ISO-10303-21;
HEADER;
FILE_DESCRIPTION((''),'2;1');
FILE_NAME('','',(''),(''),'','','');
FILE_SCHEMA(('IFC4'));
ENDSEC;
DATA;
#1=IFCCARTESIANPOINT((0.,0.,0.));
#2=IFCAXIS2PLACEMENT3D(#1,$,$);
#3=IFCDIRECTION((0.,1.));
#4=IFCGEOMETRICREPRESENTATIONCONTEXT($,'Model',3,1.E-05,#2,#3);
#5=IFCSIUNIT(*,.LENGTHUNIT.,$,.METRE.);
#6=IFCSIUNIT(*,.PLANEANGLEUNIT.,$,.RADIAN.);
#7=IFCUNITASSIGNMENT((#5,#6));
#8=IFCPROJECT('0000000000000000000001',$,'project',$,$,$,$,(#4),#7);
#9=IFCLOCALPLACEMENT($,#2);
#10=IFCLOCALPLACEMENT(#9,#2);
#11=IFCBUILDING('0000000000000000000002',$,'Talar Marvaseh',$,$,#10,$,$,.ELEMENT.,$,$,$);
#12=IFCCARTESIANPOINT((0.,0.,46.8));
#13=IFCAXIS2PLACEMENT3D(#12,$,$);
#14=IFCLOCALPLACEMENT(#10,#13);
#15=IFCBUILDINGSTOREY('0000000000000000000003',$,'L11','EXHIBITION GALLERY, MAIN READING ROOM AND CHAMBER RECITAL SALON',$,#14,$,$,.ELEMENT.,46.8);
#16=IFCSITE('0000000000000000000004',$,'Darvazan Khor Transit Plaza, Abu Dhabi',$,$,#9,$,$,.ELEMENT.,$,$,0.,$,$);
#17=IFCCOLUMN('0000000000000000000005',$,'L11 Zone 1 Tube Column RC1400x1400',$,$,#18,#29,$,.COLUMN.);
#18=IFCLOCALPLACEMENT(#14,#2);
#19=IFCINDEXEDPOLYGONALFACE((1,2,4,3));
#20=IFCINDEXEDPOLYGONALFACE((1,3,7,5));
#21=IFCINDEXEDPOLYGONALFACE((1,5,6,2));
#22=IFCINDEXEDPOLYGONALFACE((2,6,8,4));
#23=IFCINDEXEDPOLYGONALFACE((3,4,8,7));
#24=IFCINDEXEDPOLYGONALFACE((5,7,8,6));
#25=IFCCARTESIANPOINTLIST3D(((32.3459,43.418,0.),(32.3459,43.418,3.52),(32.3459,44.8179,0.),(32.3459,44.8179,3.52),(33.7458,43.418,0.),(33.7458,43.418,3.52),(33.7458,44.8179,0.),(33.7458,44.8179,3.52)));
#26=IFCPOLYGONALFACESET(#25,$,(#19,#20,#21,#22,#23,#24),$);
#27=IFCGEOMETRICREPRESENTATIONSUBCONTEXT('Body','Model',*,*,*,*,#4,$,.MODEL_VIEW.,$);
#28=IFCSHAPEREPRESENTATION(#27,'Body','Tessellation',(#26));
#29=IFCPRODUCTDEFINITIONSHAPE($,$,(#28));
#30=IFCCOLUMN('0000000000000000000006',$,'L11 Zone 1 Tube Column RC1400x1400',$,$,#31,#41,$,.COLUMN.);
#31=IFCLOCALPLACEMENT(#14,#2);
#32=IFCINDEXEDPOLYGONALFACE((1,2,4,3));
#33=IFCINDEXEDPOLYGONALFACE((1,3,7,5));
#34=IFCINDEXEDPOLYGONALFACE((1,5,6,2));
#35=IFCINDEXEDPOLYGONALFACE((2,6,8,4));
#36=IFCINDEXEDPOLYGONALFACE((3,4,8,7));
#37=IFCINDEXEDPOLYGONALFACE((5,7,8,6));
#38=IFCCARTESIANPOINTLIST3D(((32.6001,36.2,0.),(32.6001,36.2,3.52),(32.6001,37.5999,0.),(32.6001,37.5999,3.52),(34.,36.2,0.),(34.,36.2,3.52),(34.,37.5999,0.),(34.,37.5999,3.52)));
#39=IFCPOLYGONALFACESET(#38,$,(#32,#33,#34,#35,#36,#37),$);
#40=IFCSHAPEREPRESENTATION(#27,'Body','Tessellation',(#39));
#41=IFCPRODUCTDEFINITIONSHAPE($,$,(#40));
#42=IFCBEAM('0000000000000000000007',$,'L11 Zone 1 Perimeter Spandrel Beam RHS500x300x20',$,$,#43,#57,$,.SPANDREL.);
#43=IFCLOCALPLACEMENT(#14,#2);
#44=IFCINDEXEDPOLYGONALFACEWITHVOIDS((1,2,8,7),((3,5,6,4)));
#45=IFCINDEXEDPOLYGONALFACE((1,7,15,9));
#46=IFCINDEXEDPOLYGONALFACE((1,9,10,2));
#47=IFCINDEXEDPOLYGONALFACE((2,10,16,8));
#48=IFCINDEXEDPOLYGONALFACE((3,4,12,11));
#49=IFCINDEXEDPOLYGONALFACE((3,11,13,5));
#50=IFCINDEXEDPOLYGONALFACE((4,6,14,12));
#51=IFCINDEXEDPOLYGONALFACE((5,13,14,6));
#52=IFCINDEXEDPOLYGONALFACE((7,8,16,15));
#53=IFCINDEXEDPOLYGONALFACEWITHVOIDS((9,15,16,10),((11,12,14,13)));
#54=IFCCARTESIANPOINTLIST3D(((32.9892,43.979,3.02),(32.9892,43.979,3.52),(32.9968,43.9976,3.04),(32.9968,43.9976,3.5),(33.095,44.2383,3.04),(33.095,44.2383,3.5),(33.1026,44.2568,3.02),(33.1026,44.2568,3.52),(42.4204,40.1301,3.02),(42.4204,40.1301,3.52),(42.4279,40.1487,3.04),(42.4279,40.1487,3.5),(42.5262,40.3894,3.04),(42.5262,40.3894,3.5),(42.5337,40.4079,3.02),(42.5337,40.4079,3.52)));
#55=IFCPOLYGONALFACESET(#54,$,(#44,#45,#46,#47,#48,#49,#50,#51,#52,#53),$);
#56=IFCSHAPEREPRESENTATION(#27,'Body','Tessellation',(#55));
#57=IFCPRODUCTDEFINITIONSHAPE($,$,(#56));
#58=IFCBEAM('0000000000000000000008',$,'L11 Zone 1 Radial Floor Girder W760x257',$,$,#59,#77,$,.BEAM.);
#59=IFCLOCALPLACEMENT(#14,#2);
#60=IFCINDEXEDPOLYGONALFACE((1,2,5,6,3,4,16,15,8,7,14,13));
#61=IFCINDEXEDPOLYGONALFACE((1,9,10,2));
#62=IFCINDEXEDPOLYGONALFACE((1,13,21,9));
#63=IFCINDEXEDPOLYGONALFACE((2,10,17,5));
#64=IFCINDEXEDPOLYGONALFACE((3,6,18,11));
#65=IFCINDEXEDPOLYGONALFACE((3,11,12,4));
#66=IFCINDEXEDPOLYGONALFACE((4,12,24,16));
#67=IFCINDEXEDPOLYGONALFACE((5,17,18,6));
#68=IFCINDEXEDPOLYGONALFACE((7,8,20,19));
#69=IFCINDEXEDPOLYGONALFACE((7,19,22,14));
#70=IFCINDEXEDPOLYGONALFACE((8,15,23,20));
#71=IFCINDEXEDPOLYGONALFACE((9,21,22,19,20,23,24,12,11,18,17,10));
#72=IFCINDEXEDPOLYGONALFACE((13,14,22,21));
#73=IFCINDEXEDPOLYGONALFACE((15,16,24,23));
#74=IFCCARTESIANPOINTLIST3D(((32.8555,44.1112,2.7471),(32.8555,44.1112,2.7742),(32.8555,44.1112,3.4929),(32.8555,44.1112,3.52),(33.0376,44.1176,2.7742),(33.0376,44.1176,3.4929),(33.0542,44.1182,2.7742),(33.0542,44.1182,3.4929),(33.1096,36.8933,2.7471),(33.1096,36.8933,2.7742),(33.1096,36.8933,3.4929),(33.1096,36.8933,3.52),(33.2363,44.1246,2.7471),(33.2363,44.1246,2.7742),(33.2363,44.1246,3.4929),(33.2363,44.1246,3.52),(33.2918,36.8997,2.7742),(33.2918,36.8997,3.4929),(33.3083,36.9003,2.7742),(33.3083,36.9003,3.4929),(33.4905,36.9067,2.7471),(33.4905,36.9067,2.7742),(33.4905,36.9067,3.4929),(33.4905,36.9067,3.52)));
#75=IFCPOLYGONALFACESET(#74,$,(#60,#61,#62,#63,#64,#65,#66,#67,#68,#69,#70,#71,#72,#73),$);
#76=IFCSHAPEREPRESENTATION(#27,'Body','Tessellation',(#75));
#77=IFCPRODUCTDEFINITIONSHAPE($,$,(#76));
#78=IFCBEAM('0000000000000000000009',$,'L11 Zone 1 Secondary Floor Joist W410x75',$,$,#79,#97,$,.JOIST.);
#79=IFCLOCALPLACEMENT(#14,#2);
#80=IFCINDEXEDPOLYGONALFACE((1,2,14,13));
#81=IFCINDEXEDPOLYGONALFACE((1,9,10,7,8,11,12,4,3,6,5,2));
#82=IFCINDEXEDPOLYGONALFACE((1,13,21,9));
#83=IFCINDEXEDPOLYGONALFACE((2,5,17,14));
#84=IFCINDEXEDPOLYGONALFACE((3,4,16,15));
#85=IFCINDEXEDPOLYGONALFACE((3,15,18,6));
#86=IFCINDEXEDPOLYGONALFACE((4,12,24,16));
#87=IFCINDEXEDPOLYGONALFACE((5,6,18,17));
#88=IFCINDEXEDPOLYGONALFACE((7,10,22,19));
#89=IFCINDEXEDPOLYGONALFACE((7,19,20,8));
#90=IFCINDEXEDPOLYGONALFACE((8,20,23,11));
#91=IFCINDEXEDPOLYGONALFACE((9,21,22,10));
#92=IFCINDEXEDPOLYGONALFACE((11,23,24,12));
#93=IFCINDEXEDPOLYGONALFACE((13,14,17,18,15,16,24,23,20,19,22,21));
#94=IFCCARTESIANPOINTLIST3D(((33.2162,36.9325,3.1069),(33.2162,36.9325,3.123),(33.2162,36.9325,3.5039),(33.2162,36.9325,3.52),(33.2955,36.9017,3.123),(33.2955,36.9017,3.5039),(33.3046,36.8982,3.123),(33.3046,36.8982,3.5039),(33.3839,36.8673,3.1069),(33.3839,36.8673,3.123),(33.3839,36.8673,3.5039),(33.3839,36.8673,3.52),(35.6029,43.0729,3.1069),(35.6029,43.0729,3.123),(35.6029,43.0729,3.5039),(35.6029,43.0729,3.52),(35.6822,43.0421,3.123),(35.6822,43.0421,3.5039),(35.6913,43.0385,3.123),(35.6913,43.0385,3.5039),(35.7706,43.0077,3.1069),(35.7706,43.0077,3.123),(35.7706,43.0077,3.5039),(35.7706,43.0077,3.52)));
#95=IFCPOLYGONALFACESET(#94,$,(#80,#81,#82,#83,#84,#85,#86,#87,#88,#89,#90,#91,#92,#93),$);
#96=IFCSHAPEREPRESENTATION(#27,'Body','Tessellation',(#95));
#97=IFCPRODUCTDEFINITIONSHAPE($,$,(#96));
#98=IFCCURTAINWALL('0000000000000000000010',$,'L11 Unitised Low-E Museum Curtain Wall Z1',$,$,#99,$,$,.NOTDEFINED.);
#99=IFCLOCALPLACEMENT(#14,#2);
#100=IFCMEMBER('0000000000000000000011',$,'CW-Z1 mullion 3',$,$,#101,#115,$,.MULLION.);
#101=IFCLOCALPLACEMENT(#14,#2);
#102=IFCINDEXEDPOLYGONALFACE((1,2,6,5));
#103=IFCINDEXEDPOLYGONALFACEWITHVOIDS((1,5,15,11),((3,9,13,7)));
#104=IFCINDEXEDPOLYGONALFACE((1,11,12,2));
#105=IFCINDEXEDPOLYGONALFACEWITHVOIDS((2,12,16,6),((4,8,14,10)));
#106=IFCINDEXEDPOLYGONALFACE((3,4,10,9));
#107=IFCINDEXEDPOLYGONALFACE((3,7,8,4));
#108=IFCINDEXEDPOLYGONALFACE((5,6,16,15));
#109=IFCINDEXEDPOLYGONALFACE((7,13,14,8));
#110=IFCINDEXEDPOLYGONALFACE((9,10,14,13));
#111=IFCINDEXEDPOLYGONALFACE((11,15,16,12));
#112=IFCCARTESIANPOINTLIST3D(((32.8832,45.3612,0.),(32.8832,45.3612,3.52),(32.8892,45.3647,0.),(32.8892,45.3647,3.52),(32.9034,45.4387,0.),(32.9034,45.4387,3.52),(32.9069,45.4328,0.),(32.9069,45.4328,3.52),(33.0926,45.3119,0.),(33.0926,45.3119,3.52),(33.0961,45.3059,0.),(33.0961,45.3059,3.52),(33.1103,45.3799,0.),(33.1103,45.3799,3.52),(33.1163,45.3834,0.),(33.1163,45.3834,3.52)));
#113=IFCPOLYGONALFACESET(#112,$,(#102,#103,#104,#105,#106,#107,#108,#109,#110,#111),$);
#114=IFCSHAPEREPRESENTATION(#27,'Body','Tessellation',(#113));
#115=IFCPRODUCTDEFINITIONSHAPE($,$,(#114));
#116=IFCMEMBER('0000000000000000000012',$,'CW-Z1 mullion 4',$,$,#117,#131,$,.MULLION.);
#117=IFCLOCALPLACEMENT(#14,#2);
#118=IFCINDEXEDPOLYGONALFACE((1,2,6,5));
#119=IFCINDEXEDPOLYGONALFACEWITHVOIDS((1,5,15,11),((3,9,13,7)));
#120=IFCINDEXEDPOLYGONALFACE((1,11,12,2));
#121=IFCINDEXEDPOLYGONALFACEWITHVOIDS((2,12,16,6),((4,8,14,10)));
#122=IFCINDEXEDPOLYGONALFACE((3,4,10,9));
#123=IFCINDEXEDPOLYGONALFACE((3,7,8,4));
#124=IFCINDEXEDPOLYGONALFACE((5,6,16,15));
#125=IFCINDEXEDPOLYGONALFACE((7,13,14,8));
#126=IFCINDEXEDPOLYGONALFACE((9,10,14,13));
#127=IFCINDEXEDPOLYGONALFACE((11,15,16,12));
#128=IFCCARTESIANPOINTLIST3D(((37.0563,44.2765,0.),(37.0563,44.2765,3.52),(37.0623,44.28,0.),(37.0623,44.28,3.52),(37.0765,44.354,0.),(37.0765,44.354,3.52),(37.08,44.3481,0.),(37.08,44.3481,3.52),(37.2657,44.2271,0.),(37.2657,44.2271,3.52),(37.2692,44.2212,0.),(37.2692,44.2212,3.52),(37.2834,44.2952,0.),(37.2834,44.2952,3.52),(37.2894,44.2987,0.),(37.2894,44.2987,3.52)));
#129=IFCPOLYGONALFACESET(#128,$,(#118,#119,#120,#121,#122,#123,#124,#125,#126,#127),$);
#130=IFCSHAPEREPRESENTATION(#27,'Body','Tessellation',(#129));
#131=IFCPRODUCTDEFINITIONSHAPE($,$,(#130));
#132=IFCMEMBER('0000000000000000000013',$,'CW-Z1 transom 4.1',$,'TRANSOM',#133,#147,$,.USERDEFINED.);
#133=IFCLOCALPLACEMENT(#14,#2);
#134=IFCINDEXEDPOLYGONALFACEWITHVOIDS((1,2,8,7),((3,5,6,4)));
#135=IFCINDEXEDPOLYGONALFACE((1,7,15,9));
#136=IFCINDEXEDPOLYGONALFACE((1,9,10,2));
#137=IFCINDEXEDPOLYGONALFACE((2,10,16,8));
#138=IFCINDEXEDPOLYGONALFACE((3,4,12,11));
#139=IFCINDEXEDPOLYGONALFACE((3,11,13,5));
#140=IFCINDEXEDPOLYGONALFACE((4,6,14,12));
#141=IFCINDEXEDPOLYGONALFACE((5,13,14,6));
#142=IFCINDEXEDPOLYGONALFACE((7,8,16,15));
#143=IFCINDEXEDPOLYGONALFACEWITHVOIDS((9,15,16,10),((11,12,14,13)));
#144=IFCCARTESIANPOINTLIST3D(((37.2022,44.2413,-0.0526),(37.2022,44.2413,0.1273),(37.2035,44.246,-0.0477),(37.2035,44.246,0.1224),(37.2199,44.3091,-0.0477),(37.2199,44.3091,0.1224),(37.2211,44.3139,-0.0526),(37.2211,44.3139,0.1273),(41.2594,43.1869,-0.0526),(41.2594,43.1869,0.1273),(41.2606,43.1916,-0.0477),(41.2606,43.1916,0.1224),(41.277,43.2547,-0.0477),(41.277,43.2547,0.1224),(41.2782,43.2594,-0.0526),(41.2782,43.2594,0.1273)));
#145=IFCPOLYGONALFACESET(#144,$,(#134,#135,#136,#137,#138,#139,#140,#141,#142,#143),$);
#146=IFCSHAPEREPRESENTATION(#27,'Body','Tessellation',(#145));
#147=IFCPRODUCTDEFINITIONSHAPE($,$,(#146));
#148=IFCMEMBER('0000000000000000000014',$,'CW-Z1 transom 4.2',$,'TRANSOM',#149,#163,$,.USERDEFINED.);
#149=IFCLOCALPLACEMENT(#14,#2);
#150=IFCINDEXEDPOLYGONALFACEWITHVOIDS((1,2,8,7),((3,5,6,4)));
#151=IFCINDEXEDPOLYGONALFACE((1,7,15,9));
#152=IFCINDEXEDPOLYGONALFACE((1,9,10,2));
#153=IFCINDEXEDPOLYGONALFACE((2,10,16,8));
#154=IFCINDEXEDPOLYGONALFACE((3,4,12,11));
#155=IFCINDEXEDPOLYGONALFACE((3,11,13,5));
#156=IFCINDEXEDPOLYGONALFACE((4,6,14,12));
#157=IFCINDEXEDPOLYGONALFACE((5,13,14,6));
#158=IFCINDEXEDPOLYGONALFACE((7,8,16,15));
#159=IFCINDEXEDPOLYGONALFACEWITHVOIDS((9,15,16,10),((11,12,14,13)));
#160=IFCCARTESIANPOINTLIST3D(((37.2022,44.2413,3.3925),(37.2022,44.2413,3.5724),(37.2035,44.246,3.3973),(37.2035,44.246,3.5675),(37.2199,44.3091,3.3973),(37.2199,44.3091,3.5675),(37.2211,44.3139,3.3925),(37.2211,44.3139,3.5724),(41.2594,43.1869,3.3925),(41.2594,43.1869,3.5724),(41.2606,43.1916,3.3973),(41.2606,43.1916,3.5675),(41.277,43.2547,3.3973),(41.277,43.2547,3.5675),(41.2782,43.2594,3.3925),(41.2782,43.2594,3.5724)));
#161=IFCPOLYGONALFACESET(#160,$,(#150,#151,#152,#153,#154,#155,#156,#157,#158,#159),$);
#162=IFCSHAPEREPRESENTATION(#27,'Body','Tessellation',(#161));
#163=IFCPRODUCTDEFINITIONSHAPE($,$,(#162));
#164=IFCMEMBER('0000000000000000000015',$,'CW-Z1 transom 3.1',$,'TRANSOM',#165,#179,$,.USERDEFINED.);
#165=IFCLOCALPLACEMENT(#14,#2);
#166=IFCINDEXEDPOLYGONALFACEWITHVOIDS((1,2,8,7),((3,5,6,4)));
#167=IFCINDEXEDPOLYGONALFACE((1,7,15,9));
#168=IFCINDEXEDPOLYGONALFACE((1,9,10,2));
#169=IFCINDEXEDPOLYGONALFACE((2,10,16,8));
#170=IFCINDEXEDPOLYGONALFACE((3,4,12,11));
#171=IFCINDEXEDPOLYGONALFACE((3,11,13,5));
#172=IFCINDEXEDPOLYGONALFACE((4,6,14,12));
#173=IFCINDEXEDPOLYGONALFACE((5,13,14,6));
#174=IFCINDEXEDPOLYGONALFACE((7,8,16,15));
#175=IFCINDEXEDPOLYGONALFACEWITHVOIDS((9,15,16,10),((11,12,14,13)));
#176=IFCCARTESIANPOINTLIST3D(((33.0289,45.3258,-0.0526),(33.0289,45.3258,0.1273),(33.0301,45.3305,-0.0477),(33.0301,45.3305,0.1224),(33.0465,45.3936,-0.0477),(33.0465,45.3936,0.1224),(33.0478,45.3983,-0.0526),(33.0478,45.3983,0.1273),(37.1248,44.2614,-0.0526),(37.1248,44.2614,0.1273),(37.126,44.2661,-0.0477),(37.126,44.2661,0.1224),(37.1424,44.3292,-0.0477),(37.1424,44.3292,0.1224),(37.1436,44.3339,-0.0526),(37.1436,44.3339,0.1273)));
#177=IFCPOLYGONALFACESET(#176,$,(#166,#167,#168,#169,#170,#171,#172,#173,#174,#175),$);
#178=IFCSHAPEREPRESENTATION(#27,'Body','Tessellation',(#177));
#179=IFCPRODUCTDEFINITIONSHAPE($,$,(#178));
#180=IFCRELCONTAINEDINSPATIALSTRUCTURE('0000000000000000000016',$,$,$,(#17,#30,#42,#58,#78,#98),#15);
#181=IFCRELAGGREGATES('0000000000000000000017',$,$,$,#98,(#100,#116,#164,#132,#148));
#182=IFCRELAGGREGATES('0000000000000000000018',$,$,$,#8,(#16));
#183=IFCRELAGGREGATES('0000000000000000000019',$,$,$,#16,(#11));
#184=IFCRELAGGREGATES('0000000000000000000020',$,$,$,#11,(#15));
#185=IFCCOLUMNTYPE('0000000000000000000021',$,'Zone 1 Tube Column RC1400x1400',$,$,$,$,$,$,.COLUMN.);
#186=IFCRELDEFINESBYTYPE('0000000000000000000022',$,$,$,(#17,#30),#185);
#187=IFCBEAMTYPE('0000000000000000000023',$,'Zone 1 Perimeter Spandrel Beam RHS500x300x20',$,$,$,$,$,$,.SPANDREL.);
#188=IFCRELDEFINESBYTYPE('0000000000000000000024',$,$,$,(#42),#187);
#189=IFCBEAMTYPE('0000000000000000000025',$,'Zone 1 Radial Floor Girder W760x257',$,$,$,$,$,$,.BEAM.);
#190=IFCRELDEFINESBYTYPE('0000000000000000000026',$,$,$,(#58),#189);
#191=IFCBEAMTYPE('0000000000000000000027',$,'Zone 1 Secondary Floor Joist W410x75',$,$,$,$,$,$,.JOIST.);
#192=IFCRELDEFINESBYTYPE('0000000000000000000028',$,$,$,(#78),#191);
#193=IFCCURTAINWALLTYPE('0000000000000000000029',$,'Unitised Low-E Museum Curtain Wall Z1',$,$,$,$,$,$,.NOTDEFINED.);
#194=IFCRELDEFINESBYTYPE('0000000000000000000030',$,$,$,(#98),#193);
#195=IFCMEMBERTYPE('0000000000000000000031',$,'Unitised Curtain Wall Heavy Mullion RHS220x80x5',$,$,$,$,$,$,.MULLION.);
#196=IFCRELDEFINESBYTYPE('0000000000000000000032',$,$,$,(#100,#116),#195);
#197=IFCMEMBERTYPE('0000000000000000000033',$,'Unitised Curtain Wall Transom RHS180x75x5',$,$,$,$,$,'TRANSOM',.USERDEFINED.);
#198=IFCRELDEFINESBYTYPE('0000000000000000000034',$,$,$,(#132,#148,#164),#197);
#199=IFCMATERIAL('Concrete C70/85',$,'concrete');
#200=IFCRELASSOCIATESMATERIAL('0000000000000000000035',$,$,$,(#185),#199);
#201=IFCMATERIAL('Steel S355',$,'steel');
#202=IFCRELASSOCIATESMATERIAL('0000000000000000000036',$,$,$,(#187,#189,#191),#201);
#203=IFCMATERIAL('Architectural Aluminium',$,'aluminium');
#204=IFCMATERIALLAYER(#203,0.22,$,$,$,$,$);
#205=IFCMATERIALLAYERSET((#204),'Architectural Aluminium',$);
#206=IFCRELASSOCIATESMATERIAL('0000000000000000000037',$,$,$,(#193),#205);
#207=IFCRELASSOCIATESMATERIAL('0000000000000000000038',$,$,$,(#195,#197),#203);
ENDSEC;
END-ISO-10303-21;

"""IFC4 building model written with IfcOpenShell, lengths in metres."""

from ifc_helpers import new_model, si_unit, direction, frame, origin, origin_2d, place, context, subcontext, project, spatial, rectangle, hollow_rectangle, i_section, extrude, source, transform, mapped, material, layer, layer_set, material_profile, profile_set, type_object, type_shapes, element, aggregate, save


model = new_model("IFC4")

# Units and contexts
model_context = context("Model", 3, precision=1e-05, world=origin(), true_north=direction((0.0, 1.0)))
body_context = subcontext(model_context, "Body", "Model", "MODEL_VIEW")
ifc_project = project(units=[si_unit("LENGTHUNIT", "METRE"), si_unit("PLANEANGLEUNIT", "RADIAN")], contexts=[model_context])

# Site, building, storey
site_placement = place(None, origin())
site = spatial("IfcSite", under=ifc_project, at=site_placement, Name="Darvazan Khor Transit Plaza, Abu Dhabi", CompositionType="ELEMENT", RefElevation=0.0)
building_placement = place(site_placement, origin())
building = spatial("IfcBuilding", under=site, at=building_placement, Name="Talar Marvaseh", CompositionType="ELEMENT")
storey_placement = place(building_placement, frame((0.0, 0.0, 46.8)))
storey = spatial("IfcBuildingStorey", under=building, at=storey_placement, Name="L11", Description="EXHIBITION GALLERY, MAIN READING ROOM AND CHAMBER RECITAL SALON", CompositionType="ELEMENT", Elevation=46.8)

# Columns
ifc_material_1 = material(Name="Concrete C70/85", Category="concrete")
ifc_material_profile_1 = material_profile(ifc_material_1, rectangle(XDim=1.3999, YDim=1.3999, at=origin_2d()), Name="RC1400x1400")
ifc_profile_set_1 = profile_set([ifc_material_profile_1], Name="Concrete C70/85")
column_type = type_object("IfcColumnType", Name="Zone 1 Tube Column RC1400x1400", PredefinedType="COLUMN", material=ifc_profile_set_1)
for number, where, z_axis, x_axis, name in (
    (1, (33.0459, 44.1179, 0.0), (0.0, 0.0, 1.0), (1.0, 0.0, 0.0), "L11 Zone 1 Tube Column RC1400x1400"),
    (2, (33.3, 36.8999, 0.0), (0.0, 0.0, 1.0), (1.0, 0.0, 0.0), "L11 Zone 1 Tube Column RC1400x1400"),
):
    element("IfcColumn", number, at=place(storey_placement, frame(where, z_axis=z_axis, x_axis=x_axis)), inside=storey, type_object=column_type, Name=name, PredefinedType="COLUMN", context=body_context, shape_type="SweptSolid", body=[
        extrude(rectangle(XDim=1.3999, YDim=1.3999, at=origin_2d()), origin(), (0.0, 0.0, 1.0), 3.52),
    ])

# Beams
ifc_material_2 = material(Name="Steel S355", Category="steel")
ifc_material_profile_2 = material_profile(ifc_material_2, hollow_rectangle(XDim=0.3, YDim=0.5, WallThickness=0.02, at=origin_2d()), Name="RHS500x300x20")
ifc_profile_set_2 = profile_set([ifc_material_profile_2], Name="Steel S355")
beam_type_1 = type_object("IfcBeamType", Name="Zone 1 Perimeter Spandrel Beam RHS500x300x20", PredefinedType="SPANDREL", material=ifc_profile_set_2)
beam_1_placement = place(storey_placement, frame((33.0459, 44.1179, 3.27), z_axis=(0.925867, -0.377849, 0.0), x_axis=(0.377849, 0.925867, 0.0)))
element("IfcBeam", 3, at=beam_1_placement, inside=storey, type_object=beam_type_1, Name="L11 Zone 1 Perimeter Spandrel Beam RHS500x300x20", PredefinedType="SPANDREL", context=body_context, shape_type="SweptSolid", body=[
    extrude(hollow_rectangle(XDim=0.3, YDim=0.5, WallThickness=0.02, at=origin_2d()), origin(), (0.0, 0.0, 1.0), 10.1863),
])
ifc_material_profile_3 = material_profile(ifc_material_2, i_section(OverallWidth=0.3811, OverallDepth=0.7729, WebThickness=0.0166, FlangeThickness=0.0271, at=origin_2d()), Name="W760x257")
ifc_profile_set_3 = profile_set([ifc_material_profile_3], Name="Steel S355")
beam_type_2 = type_object("IfcBeamType", Name="Zone 1 Radial Floor Girder W760x257", PredefinedType="BEAM", material=ifc_profile_set_3)
beam_2_placement = place(storey_placement, frame((33.0459, 44.1179, 3.1335), z_axis=(0.035189, -0.999381, 0.0), x_axis=(0.999381, 0.035189, 0.0)))
element("IfcBeam", 4, at=beam_2_placement, inside=storey, type_object=beam_type_2, Name="L11 Zone 1 Radial Floor Girder W760x257", PredefinedType="BEAM", context=body_context, shape_type="SweptSolid", body=[
    extrude(i_section(OverallWidth=0.3811, OverallDepth=0.7729, WebThickness=0.0166, FlangeThickness=0.0271, at=origin_2d()), origin(), (0.0, 0.0, 1.0), 7.2224),
])
ifc_material_profile_4 = material_profile(ifc_material_2, i_section(OverallWidth=0.1799, OverallDepth=0.4131, WebThickness=0.0098, FlangeThickness=0.0161, at=origin_2d()), Name="W410x75")
ifc_profile_set_4 = profile_set([ifc_material_profile_4], Name="Steel S355")
beam_type_3 = type_object("IfcBeamType", Name="Zone 1 Secondary Floor Joist W410x75", PredefinedType="JOIST", material=ifc_profile_set_4)
beam_3_placement = place(storey_placement, frame((35.6868, 43.0403, 3.3135), z_axis=(-0.362287, -0.932067, 0.0), x_axis=(0.932067, -0.362287, 0.0)))
element("IfcBeam", 5, at=beam_3_placement, inside=storey, type_object=beam_type_3, Name="L11 Zone 1 Secondary Floor Joist W410x75", PredefinedType="JOIST", context=body_context, shape_type="SweptSolid", body=[
    extrude(i_section(OverallWidth=0.1799, OverallDepth=0.4131, WebThickness=0.0098, FlangeThickness=0.0161, at=origin_2d()), origin(), (0.0, 0.0, 1.0), 6.5879),
])

# Curtain wall, members
ifc_material_3 = material(Name="Architectural Aluminium", Category="aluminium")
ifc_layer_1 = layer(ifc_material_3, 0.22)
ifc_layer_set_1 = layer_set([ifc_layer_1], Name="Architectural Aluminium")
curtain_wall_type = type_object("IfcCurtainWallType", Name="Unitised Low-E Museum Curtain Wall Z1", PredefinedType="NOTDEFINED", material=ifc_layer_set_1)
curtain_wall_placement = place(storey_placement, origin())
curtain_wall = element("IfcCurtainWall", 6, at=curtain_wall_placement, inside=storey, type_object=curtain_wall_type, Name="L11 Unitised Low-E Museum Curtain Wall Z1", PredefinedType="NOTDEFINED")
ifc_material_profile_5 = material_profile(ifc_material_3, hollow_rectangle(XDim=0.0801, YDim=0.22, WallThickness=0.0049, at=origin_2d()), Name="RHS220x80x5")
ifc_profile_set_5 = profile_set([ifc_material_profile_5], Name="Architectural Aluminium")
member_type_1 = type_object("IfcMemberType", Name="Unitised Curtain Wall Heavy Mullion RHS220x80x5", PredefinedType="MULLION", material=ifc_profile_set_5)
shared_shape_1 = source(origin(), body_context, "Body", "SweptSolid", [
    extrude(hollow_rectangle(XDim=0.0801, YDim=0.22, WallThickness=0.0049, at=origin_2d()), origin(), (0.0, 0.0, 1.0), 3.52),
])
type_shapes(member_type_1, [shared_shape_1])
member_1_placement = place(storey_placement, frame((32.9998, 45.3723, 0.0), z_axis=(0.0, 0.0, 1.0), x_axis=(0.251525, 0.967851, 0.0)))
member_1 = element("IfcMember", 7, at=member_1_placement, type_object=member_type_1, Name="CW-Z1 mullion 3", PredefinedType="MULLION", context=body_context, shape_type="MappedRepresentation", body=[
    mapped(shared_shape_1, transform((0.0, 0.0, 0.0), x_axis=(1.0, 0.0, 0.0), y_axis=(0.0, 1.0, 0.0), z_axis=(0.0, 0.0, 1.0), scale=1.0)),
])
member_2_placement = place(storey_placement, frame((37.1729, 44.2876, 0.0), z_axis=(0.0, 0.0, 1.0), x_axis=(0.251525, 0.967851, 0.0)))
member_2 = element("IfcMember", 8, at=member_2_placement, type_object=member_type_1, Name="CW-Z1 mullion 4", PredefinedType="MULLION", context=body_context, shape_type="MappedRepresentation", body=[
    mapped(shared_shape_1, transform((0.0, 0.0, 0.0), x_axis=(1.0, 0.0, 0.0), y_axis=(0.0, 1.0, 0.0), z_axis=(0.0, 0.0, 1.0), scale=1.0)),
])
ifc_material_profile_6 = material_profile(ifc_material_3, hollow_rectangle(XDim=0.075, YDim=0.1799, WallThickness=0.0049, at=origin_2d()), Name="RHS180x75x5")
ifc_profile_set_6 = profile_set([ifc_material_profile_6], Name="Architectural Aluminium")
member_type_2 = type_object("IfcMemberType", Name="Unitised Curtain Wall Transom RHS180x75x5", ElementType="TRANSOM", PredefinedType="USERDEFINED", material=ifc_profile_set_6)
shared_shape_2 = source(origin(), body_context, "Body", "SweptSolid", [
    extrude(hollow_rectangle(XDim=0.075, YDim=0.1799, WallThickness=0.0049, at=origin_2d()), origin(), (0.0, 0.0, 1.0), 4.1919),
])
member_3_placement = place(storey_placement, frame((37.2117, 44.2776, 0.0374), z_axis=(0.967846, -0.251542, 0.0), x_axis=(0.251542, 0.967846, 0.0)))
member_3 = element("IfcMember", 9, at=member_3_placement, type_object=member_type_2, Name="CW-Z1 transom 4.1", ObjectType="TRANSOM", PredefinedType="USERDEFINED", context=body_context, shape_type="MappedRepresentation", body=[
    mapped(shared_shape_2, transform((0.0, 0.0, 0.0), x_axis=(1.0, 0.0, 0.0), y_axis=(0.0, 1.0, 0.0), z_axis=(0.0, 0.0, 1.0), scale=1.0)),
])
member_4_placement = place(storey_placement, frame((37.2117, 44.2776, 3.4824), z_axis=(0.967846, -0.251542, 0.0), x_axis=(0.251542, 0.967846, 0.0)))
member_4 = element("IfcMember", 10, at=member_4_placement, type_object=member_type_2, Name="CW-Z1 transom 4.2", ObjectType="TRANSOM", PredefinedType="USERDEFINED", context=body_context, shape_type="MappedRepresentation", body=[
    mapped(shared_shape_2, transform((0.0, 0.0, 0.0), x_axis=(1.0, 0.0, 0.0), y_axis=(0.0, 1.0, 0.0), z_axis=(0.0, 0.0, 1.0), scale=1.0)),
])
shared_shape_3 = source(origin(), body_context, "Body", "SweptSolid", [
    extrude(hollow_rectangle(XDim=0.075, YDim=0.1799, WallThickness=0.0049, at=origin_2d()), origin(), (0.0, 0.0, 1.0), 4.2319),
])
type_shapes(member_type_2, [shared_shape_2, shared_shape_3])
member_5_placement = place(storey_placement, frame((33.0383, 45.3621, 0.0374), z_axis=(0.967851, -0.251525, 0.0), x_axis=(0.251525, 0.967851, 0.0)))
member_5 = element("IfcMember", 11, at=member_5_placement, type_object=member_type_2, Name="CW-Z1 transom 3.1", ObjectType="TRANSOM", PredefinedType="USERDEFINED", context=body_context, shape_type="MappedRepresentation", body=[
    mapped(shared_shape_3, transform((0.0, 0.0, 0.0), x_axis=(1.0, 0.0, 0.0), y_axis=(0.0, 1.0, 0.0), z_axis=(0.0, 0.0, 1.0), scale=1.0)),
])
aggregate(curtain_wall, [member_1, member_2, member_5, member_3, member_4])

save(model, "model.ifc")
